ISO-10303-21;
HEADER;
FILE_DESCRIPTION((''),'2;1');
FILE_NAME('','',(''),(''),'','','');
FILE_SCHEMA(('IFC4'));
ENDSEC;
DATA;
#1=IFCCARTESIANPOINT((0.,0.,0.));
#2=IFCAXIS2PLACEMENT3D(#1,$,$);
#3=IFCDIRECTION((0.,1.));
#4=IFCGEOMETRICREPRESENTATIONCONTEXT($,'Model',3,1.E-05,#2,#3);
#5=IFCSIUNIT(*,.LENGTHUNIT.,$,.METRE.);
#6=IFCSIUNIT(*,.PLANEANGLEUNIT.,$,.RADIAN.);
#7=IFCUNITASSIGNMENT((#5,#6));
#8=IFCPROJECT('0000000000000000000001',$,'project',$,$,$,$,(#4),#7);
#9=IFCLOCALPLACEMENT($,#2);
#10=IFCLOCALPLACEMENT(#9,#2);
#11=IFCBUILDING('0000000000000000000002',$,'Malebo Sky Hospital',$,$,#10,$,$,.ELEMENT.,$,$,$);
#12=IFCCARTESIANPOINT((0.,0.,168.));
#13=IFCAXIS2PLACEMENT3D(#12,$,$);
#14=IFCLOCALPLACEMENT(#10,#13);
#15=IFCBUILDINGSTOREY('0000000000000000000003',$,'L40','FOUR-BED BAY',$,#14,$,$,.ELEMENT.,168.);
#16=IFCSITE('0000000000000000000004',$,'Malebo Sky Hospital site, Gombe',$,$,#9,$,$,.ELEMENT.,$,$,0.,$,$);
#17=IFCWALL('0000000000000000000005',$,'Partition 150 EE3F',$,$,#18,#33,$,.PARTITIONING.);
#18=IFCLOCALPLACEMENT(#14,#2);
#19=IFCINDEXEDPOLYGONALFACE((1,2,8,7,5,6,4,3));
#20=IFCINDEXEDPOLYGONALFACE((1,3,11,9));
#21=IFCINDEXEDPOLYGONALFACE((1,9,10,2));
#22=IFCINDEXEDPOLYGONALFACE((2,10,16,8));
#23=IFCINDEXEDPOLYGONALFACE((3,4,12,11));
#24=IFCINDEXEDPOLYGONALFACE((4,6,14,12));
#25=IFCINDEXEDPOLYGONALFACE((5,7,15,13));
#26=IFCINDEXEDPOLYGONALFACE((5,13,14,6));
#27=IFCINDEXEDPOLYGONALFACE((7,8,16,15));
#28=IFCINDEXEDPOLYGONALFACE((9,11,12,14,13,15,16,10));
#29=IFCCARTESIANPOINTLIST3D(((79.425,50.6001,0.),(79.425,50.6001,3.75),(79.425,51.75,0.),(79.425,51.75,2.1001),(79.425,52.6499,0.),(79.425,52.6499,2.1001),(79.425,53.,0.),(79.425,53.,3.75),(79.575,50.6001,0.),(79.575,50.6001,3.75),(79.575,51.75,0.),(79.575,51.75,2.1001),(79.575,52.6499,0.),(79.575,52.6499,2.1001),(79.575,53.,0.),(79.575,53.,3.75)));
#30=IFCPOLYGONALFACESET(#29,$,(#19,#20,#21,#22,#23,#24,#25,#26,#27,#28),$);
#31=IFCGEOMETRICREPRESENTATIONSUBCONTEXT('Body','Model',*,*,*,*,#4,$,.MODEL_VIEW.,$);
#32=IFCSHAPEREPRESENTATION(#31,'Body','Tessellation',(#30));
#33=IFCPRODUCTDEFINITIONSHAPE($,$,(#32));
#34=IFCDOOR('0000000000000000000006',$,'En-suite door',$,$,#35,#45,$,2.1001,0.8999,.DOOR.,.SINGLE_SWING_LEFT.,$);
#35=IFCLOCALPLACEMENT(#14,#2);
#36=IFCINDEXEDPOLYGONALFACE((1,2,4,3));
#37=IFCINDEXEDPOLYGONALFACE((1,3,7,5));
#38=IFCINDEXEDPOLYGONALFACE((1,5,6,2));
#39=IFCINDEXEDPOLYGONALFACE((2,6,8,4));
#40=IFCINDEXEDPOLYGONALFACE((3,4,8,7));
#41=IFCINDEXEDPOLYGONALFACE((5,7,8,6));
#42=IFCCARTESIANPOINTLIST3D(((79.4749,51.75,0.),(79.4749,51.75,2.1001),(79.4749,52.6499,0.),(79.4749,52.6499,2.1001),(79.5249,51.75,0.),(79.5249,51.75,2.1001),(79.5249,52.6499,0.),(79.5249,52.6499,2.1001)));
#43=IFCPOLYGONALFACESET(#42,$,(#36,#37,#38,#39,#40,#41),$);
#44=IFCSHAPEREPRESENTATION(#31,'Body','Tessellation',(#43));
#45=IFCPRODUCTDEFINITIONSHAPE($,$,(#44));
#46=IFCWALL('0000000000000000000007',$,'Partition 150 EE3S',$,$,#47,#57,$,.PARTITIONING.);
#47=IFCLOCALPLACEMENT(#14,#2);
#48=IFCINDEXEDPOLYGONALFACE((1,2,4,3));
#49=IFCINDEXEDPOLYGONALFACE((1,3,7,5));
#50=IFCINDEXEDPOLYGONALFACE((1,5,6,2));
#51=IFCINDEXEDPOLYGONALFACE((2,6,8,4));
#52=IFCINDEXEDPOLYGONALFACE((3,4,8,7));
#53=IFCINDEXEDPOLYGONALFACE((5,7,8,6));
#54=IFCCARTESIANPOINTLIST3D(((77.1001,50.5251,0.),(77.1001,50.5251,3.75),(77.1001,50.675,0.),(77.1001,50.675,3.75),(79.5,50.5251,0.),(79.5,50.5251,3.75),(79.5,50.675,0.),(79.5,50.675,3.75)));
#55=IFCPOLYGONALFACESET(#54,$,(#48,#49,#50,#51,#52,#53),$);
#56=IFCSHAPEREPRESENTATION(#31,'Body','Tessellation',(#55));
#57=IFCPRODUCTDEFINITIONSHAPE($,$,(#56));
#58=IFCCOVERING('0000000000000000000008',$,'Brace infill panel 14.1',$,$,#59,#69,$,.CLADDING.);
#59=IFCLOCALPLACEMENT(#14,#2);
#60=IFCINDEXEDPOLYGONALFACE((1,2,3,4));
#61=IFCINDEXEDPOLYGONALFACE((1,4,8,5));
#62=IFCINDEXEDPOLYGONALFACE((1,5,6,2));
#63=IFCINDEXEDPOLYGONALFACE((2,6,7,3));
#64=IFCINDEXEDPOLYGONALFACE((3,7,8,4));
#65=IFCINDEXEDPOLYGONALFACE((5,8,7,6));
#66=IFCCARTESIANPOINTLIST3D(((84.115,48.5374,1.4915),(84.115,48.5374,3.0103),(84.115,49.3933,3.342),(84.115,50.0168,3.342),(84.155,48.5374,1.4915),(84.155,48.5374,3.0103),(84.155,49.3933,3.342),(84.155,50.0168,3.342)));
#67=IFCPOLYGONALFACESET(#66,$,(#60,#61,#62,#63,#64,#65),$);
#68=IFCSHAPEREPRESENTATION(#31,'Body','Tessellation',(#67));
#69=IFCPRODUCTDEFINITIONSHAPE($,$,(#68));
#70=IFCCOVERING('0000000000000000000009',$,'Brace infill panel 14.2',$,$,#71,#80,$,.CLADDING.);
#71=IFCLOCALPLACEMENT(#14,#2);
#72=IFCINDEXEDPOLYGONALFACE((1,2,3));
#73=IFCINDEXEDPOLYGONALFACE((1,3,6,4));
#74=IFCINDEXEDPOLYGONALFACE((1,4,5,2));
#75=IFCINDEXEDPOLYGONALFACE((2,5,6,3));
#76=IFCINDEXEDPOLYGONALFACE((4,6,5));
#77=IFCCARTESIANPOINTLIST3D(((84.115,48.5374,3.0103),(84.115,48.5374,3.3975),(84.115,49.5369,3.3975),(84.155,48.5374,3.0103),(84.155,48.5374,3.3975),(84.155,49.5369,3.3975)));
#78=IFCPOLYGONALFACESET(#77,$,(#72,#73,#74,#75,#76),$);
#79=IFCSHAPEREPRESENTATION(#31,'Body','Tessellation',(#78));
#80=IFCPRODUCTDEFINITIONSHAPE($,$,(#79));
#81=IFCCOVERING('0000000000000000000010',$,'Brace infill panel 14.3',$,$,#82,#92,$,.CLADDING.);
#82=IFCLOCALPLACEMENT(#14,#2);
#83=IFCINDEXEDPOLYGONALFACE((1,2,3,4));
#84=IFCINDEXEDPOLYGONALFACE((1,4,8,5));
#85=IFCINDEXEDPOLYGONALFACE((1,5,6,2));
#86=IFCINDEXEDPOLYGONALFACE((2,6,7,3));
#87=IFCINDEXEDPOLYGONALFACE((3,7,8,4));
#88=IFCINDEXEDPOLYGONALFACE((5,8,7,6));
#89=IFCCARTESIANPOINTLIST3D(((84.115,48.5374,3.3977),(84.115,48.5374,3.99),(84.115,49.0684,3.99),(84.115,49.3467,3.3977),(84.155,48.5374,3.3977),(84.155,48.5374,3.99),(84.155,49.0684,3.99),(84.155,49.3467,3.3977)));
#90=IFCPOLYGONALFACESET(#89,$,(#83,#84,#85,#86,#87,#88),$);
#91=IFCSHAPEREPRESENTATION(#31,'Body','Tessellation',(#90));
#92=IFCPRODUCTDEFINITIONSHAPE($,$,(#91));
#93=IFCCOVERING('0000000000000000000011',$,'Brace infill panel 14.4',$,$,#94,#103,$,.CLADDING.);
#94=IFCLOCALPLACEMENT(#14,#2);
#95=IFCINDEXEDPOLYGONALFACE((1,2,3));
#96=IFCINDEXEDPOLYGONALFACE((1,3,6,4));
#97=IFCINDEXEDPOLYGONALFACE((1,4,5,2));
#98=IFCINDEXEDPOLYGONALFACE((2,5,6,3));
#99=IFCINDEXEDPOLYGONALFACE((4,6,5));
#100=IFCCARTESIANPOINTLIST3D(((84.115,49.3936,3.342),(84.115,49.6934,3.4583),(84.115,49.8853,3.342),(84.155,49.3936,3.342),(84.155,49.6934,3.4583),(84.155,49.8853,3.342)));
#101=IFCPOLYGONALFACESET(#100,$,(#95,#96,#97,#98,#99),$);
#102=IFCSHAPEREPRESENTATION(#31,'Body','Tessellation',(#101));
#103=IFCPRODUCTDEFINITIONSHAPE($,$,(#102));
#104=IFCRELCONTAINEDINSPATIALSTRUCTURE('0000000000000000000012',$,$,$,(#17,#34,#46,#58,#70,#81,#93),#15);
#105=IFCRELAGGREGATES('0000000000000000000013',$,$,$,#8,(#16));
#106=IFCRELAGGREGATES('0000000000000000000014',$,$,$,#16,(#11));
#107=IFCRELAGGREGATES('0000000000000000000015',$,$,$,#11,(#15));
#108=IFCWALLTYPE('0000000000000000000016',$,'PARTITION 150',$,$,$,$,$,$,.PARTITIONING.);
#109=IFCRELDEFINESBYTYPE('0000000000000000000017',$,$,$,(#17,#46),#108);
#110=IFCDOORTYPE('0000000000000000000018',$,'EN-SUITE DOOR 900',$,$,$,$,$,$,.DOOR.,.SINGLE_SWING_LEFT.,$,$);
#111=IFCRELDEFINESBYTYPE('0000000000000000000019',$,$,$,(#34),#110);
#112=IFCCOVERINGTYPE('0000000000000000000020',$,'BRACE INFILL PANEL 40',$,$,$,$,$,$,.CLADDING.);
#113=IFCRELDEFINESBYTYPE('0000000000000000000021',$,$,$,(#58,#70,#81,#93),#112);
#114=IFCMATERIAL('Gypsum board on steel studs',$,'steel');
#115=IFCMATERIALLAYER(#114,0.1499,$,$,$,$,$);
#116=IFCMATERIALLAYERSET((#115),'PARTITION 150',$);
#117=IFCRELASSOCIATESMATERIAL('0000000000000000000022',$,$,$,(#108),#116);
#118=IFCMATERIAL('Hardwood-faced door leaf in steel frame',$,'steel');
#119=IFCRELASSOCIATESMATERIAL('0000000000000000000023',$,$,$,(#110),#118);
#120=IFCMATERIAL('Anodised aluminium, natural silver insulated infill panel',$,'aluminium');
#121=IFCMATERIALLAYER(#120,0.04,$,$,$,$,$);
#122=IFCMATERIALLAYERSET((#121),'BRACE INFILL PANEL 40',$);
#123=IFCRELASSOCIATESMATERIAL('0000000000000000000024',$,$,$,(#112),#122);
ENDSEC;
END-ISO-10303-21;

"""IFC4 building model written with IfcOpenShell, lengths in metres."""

from ifc_helpers import new_model, si_unit, direction, frame, frame_2d, origin, place, context, subcontext, project, spatial, polyline, rectangle, outline, extrude, material, layer, layer_set, type_object, element, fill, save


model = new_model("IFC4")

# Units and contexts
model_context = context("Model", 3, precision=1e-05, world=origin(), true_north=direction((0.0, 1.0)))
body_context = subcontext(model_context, "Body", "Model", "MODEL_VIEW")
ifc_project = project(units=[si_unit("LENGTHUNIT", "METRE"), si_unit("PLANEANGLEUNIT", "RADIAN")], contexts=[model_context])

# Site, building, storey
site_placement = place(None, origin())
site = spatial("IfcSite", under=ifc_project, at=site_placement, Name="Malebo Sky Hospital site, Gombe", CompositionType="ELEMENT", RefElevation=0.0)
building_placement = place(site_placement, origin())
building = spatial("IfcBuilding", under=site, at=building_placement, Name="Malebo Sky Hospital", CompositionType="ELEMENT")
storey_placement = place(building_placement, frame((0.0, 0.0, 168.0)))
storey = spatial("IfcBuildingStorey", under=building, at=storey_placement, Name="L40", Description="FOUR-BED BAY", CompositionType="ELEMENT", Elevation=168.0)

# Shared definitions
ifc_material_1 = material(Name="Gypsum board on steel studs", Category="steel")
ifc_layer_1 = layer(ifc_material_1, 0.1499)
ifc_layer_set_1 = layer_set([ifc_layer_1], Name="PARTITION 150")
wall_type = type_object("IfcWallType", Name="PARTITION 150", PredefinedType="PARTITIONING", material=ifc_layer_set_1)

# Wall, opening, door
wall_1_placement = place(storey_placement, frame((79.5, 53.0, 0.0), z_axis=(0.0, 0.0, 1.0), x_axis=(0.0, -1.0, 0.0)))
wall_1 = element("IfcWall", 1, at=wall_1_placement, inside=storey, type_object=wall_type, Name="Partition 150 EE3F", PredefinedType="PARTITIONING", context=body_context, shape_type="SweptSolid", body=[
    extrude(rectangle(XDim=2.3999, YDim=0.1499, at=frame_2d((1.2, 0.0))), origin(), (0.0, 0.0, 1.0), 3.75),
])
opening_placement = place(wall_1_placement, frame((0.3501, 0.0, 0.0)))
opening = element("IfcOpeningElement", 2, at=opening_placement, cuts=wall_1, PredefinedType="OPENING", context=body_context, shape_type="SweptSolid", body=[
    extrude(rectangle(XDim=0.8999, YDim=2.1001, at=frame_2d((0.45, 1.05))), frame((0.0, 0.085, 0.0), z_axis=(0.0, -1.0, 0.0), x_axis=(1.0, 0.0, 0.0)), (0.0, 0.0, 1.0), 0.1699),
])
ifc_material_2 = material(Name="Hardwood-faced door leaf in steel frame", Category="steel")
door_type = type_object("IfcDoorType", Name="EN-SUITE DOOR 900", OperationType="SINGLE_SWING_LEFT", PredefinedType="DOOR", material=ifc_material_2)
door_placement = place(opening_placement, origin())
door = element("IfcDoor", 3, at=door_placement, inside=storey, type_object=door_type, Name="En-suite door", OperationType="SINGLE_SWING_LEFT", OverallHeight=2.1001, OverallWidth=0.8999, PredefinedType="DOOR", context=body_context, shape_type="SweptSolid", body=[
    extrude(rectangle(XDim=0.8999, YDim=2.1001, at=frame_2d((0.45, 1.05))), frame((0.0, 0.0249, 0.0), z_axis=(0.0, -1.0, 0.0), x_axis=(1.0, 0.0, 0.0)), (0.0, 0.0, 1.0), 0.05),
])
fill(opening, door)

# Wall
wall_2_placement = place(storey_placement, frame((77.1001, 50.6001, 0.0), z_axis=(0.0, 0.0, 1.0), x_axis=(1.0, 0.0, 0.0)))
element("IfcWall", 4, at=wall_2_placement, inside=storey, type_object=wall_type, Name="Partition 150 EE3S", PredefinedType="PARTITIONING", context=body_context, shape_type="SweptSolid", body=[
    extrude(rectangle(XDim=2.3999, YDim=0.1499, at=frame_2d((1.2, 0.0))), origin(), (0.0, 0.0, 1.0), 3.75),
])

# Coverings
ifc_material_3 = material(Name="Anodised aluminium, natural silver insulated infill panel", Category="aluminium")
ifc_layer_2 = layer(ifc_material_3, 0.04)
ifc_layer_set_2 = layer_set([ifc_layer_2], Name="BRACE INFILL PANEL 40")
covering_type = type_object("IfcCoveringType", Name="BRACE INFILL PANEL 40", PredefinedType="CLADDING", material=ifc_layer_set_2)
covering_1_placement = place(storey_placement, frame((84.135, 49.2771, 1.4915), z_axis=(0.0, 0.0, 1.0), x_axis=(0.0, -1.0, 0.0)))
element("IfcCovering", 5, at=covering_1_placement, inside=storey, type_object=covering_type, Name="Brace infill panel 14.1", PredefinedType="CLADDING", context=body_context, shape_type="SweptSolid", body=[
    extrude(outline(polyline([(0.7397, 0.0), (0.7397, 1.5188), (-0.1162, 1.8506), (-0.7397, 1.8506), (0.7397, 0.0)])), frame((0.0, 0.02, 0.0), z_axis=(0.0, -1.0, 0.0), x_axis=(1.0, 0.0, 0.0)), (0.0, 0.0, 1.0), 0.04),
])
covering_2_placement = place(storey_placement, frame((84.135, 49.0371, 3.0103), z_axis=(0.0, 0.0, 1.0), x_axis=(0.0, -1.0, 0.0)))
element("IfcCovering", 6, at=covering_2_placement, inside=storey, type_object=covering_type, Name="Brace infill panel 14.2", PredefinedType="CLADDING", context=body_context, shape_type="SweptSolid", body=[
    extrude(outline(polyline([(0.4998, 0.0), (0.4998, 0.3872), (-0.4998, 0.3872), (0.4998, 0.0)])), frame((0.0, 0.02, 0.0), z_axis=(0.0, -1.0, 0.0), x_axis=(1.0, 0.0, 0.0)), (0.0, 0.0, 1.0), 0.04),
])
covering_3_placement = place(storey_placement, frame((84.135, 48.9421, 3.3977), z_axis=(0.0, 0.0, 1.0), x_axis=(0.0, -1.0, 0.0)))
element("IfcCovering", 7, at=covering_3_placement, inside=storey, type_object=covering_type, Name="Brace infill panel 14.3", PredefinedType="CLADDING", context=body_context, shape_type="SweptSolid", body=[
    extrude(outline(polyline([(-0.4045, 0.0), (0.4048, 0.0), (0.4048, 0.5923), (-0.1262, 0.5923), (-0.4045, 0.0)])), frame((0.0, 0.02, 0.0), z_axis=(0.0, -1.0, 0.0), x_axis=(1.0, 0.0, 0.0)), (0.0, 0.0, 1.0), 0.04),
])
covering_4_placement = place(storey_placement, frame((84.135, 49.6394, 3.342), z_axis=(0.0, 0.0, 1.0), x_axis=(0.0, -1.0, 0.0)))
element("IfcCovering", 8, at=covering_4_placement, inside=storey, type_object=covering_type, Name="Brace infill panel 14.4", PredefinedType="CLADDING", context=body_context, shape_type="SweptSolid", body=[
    extrude(outline(polyline([(-0.2458, 0.0), (0.2458, 0.0), (-0.054, 0.1162), (-0.2458, 0.0)])), frame((0.0, 0.02, 0.0), z_axis=(0.0, -1.0, 0.0), x_axis=(1.0, 0.0, 0.0)), (0.0, 0.0, 1.0), 0.04),
])

save(model, "model.ifc")
